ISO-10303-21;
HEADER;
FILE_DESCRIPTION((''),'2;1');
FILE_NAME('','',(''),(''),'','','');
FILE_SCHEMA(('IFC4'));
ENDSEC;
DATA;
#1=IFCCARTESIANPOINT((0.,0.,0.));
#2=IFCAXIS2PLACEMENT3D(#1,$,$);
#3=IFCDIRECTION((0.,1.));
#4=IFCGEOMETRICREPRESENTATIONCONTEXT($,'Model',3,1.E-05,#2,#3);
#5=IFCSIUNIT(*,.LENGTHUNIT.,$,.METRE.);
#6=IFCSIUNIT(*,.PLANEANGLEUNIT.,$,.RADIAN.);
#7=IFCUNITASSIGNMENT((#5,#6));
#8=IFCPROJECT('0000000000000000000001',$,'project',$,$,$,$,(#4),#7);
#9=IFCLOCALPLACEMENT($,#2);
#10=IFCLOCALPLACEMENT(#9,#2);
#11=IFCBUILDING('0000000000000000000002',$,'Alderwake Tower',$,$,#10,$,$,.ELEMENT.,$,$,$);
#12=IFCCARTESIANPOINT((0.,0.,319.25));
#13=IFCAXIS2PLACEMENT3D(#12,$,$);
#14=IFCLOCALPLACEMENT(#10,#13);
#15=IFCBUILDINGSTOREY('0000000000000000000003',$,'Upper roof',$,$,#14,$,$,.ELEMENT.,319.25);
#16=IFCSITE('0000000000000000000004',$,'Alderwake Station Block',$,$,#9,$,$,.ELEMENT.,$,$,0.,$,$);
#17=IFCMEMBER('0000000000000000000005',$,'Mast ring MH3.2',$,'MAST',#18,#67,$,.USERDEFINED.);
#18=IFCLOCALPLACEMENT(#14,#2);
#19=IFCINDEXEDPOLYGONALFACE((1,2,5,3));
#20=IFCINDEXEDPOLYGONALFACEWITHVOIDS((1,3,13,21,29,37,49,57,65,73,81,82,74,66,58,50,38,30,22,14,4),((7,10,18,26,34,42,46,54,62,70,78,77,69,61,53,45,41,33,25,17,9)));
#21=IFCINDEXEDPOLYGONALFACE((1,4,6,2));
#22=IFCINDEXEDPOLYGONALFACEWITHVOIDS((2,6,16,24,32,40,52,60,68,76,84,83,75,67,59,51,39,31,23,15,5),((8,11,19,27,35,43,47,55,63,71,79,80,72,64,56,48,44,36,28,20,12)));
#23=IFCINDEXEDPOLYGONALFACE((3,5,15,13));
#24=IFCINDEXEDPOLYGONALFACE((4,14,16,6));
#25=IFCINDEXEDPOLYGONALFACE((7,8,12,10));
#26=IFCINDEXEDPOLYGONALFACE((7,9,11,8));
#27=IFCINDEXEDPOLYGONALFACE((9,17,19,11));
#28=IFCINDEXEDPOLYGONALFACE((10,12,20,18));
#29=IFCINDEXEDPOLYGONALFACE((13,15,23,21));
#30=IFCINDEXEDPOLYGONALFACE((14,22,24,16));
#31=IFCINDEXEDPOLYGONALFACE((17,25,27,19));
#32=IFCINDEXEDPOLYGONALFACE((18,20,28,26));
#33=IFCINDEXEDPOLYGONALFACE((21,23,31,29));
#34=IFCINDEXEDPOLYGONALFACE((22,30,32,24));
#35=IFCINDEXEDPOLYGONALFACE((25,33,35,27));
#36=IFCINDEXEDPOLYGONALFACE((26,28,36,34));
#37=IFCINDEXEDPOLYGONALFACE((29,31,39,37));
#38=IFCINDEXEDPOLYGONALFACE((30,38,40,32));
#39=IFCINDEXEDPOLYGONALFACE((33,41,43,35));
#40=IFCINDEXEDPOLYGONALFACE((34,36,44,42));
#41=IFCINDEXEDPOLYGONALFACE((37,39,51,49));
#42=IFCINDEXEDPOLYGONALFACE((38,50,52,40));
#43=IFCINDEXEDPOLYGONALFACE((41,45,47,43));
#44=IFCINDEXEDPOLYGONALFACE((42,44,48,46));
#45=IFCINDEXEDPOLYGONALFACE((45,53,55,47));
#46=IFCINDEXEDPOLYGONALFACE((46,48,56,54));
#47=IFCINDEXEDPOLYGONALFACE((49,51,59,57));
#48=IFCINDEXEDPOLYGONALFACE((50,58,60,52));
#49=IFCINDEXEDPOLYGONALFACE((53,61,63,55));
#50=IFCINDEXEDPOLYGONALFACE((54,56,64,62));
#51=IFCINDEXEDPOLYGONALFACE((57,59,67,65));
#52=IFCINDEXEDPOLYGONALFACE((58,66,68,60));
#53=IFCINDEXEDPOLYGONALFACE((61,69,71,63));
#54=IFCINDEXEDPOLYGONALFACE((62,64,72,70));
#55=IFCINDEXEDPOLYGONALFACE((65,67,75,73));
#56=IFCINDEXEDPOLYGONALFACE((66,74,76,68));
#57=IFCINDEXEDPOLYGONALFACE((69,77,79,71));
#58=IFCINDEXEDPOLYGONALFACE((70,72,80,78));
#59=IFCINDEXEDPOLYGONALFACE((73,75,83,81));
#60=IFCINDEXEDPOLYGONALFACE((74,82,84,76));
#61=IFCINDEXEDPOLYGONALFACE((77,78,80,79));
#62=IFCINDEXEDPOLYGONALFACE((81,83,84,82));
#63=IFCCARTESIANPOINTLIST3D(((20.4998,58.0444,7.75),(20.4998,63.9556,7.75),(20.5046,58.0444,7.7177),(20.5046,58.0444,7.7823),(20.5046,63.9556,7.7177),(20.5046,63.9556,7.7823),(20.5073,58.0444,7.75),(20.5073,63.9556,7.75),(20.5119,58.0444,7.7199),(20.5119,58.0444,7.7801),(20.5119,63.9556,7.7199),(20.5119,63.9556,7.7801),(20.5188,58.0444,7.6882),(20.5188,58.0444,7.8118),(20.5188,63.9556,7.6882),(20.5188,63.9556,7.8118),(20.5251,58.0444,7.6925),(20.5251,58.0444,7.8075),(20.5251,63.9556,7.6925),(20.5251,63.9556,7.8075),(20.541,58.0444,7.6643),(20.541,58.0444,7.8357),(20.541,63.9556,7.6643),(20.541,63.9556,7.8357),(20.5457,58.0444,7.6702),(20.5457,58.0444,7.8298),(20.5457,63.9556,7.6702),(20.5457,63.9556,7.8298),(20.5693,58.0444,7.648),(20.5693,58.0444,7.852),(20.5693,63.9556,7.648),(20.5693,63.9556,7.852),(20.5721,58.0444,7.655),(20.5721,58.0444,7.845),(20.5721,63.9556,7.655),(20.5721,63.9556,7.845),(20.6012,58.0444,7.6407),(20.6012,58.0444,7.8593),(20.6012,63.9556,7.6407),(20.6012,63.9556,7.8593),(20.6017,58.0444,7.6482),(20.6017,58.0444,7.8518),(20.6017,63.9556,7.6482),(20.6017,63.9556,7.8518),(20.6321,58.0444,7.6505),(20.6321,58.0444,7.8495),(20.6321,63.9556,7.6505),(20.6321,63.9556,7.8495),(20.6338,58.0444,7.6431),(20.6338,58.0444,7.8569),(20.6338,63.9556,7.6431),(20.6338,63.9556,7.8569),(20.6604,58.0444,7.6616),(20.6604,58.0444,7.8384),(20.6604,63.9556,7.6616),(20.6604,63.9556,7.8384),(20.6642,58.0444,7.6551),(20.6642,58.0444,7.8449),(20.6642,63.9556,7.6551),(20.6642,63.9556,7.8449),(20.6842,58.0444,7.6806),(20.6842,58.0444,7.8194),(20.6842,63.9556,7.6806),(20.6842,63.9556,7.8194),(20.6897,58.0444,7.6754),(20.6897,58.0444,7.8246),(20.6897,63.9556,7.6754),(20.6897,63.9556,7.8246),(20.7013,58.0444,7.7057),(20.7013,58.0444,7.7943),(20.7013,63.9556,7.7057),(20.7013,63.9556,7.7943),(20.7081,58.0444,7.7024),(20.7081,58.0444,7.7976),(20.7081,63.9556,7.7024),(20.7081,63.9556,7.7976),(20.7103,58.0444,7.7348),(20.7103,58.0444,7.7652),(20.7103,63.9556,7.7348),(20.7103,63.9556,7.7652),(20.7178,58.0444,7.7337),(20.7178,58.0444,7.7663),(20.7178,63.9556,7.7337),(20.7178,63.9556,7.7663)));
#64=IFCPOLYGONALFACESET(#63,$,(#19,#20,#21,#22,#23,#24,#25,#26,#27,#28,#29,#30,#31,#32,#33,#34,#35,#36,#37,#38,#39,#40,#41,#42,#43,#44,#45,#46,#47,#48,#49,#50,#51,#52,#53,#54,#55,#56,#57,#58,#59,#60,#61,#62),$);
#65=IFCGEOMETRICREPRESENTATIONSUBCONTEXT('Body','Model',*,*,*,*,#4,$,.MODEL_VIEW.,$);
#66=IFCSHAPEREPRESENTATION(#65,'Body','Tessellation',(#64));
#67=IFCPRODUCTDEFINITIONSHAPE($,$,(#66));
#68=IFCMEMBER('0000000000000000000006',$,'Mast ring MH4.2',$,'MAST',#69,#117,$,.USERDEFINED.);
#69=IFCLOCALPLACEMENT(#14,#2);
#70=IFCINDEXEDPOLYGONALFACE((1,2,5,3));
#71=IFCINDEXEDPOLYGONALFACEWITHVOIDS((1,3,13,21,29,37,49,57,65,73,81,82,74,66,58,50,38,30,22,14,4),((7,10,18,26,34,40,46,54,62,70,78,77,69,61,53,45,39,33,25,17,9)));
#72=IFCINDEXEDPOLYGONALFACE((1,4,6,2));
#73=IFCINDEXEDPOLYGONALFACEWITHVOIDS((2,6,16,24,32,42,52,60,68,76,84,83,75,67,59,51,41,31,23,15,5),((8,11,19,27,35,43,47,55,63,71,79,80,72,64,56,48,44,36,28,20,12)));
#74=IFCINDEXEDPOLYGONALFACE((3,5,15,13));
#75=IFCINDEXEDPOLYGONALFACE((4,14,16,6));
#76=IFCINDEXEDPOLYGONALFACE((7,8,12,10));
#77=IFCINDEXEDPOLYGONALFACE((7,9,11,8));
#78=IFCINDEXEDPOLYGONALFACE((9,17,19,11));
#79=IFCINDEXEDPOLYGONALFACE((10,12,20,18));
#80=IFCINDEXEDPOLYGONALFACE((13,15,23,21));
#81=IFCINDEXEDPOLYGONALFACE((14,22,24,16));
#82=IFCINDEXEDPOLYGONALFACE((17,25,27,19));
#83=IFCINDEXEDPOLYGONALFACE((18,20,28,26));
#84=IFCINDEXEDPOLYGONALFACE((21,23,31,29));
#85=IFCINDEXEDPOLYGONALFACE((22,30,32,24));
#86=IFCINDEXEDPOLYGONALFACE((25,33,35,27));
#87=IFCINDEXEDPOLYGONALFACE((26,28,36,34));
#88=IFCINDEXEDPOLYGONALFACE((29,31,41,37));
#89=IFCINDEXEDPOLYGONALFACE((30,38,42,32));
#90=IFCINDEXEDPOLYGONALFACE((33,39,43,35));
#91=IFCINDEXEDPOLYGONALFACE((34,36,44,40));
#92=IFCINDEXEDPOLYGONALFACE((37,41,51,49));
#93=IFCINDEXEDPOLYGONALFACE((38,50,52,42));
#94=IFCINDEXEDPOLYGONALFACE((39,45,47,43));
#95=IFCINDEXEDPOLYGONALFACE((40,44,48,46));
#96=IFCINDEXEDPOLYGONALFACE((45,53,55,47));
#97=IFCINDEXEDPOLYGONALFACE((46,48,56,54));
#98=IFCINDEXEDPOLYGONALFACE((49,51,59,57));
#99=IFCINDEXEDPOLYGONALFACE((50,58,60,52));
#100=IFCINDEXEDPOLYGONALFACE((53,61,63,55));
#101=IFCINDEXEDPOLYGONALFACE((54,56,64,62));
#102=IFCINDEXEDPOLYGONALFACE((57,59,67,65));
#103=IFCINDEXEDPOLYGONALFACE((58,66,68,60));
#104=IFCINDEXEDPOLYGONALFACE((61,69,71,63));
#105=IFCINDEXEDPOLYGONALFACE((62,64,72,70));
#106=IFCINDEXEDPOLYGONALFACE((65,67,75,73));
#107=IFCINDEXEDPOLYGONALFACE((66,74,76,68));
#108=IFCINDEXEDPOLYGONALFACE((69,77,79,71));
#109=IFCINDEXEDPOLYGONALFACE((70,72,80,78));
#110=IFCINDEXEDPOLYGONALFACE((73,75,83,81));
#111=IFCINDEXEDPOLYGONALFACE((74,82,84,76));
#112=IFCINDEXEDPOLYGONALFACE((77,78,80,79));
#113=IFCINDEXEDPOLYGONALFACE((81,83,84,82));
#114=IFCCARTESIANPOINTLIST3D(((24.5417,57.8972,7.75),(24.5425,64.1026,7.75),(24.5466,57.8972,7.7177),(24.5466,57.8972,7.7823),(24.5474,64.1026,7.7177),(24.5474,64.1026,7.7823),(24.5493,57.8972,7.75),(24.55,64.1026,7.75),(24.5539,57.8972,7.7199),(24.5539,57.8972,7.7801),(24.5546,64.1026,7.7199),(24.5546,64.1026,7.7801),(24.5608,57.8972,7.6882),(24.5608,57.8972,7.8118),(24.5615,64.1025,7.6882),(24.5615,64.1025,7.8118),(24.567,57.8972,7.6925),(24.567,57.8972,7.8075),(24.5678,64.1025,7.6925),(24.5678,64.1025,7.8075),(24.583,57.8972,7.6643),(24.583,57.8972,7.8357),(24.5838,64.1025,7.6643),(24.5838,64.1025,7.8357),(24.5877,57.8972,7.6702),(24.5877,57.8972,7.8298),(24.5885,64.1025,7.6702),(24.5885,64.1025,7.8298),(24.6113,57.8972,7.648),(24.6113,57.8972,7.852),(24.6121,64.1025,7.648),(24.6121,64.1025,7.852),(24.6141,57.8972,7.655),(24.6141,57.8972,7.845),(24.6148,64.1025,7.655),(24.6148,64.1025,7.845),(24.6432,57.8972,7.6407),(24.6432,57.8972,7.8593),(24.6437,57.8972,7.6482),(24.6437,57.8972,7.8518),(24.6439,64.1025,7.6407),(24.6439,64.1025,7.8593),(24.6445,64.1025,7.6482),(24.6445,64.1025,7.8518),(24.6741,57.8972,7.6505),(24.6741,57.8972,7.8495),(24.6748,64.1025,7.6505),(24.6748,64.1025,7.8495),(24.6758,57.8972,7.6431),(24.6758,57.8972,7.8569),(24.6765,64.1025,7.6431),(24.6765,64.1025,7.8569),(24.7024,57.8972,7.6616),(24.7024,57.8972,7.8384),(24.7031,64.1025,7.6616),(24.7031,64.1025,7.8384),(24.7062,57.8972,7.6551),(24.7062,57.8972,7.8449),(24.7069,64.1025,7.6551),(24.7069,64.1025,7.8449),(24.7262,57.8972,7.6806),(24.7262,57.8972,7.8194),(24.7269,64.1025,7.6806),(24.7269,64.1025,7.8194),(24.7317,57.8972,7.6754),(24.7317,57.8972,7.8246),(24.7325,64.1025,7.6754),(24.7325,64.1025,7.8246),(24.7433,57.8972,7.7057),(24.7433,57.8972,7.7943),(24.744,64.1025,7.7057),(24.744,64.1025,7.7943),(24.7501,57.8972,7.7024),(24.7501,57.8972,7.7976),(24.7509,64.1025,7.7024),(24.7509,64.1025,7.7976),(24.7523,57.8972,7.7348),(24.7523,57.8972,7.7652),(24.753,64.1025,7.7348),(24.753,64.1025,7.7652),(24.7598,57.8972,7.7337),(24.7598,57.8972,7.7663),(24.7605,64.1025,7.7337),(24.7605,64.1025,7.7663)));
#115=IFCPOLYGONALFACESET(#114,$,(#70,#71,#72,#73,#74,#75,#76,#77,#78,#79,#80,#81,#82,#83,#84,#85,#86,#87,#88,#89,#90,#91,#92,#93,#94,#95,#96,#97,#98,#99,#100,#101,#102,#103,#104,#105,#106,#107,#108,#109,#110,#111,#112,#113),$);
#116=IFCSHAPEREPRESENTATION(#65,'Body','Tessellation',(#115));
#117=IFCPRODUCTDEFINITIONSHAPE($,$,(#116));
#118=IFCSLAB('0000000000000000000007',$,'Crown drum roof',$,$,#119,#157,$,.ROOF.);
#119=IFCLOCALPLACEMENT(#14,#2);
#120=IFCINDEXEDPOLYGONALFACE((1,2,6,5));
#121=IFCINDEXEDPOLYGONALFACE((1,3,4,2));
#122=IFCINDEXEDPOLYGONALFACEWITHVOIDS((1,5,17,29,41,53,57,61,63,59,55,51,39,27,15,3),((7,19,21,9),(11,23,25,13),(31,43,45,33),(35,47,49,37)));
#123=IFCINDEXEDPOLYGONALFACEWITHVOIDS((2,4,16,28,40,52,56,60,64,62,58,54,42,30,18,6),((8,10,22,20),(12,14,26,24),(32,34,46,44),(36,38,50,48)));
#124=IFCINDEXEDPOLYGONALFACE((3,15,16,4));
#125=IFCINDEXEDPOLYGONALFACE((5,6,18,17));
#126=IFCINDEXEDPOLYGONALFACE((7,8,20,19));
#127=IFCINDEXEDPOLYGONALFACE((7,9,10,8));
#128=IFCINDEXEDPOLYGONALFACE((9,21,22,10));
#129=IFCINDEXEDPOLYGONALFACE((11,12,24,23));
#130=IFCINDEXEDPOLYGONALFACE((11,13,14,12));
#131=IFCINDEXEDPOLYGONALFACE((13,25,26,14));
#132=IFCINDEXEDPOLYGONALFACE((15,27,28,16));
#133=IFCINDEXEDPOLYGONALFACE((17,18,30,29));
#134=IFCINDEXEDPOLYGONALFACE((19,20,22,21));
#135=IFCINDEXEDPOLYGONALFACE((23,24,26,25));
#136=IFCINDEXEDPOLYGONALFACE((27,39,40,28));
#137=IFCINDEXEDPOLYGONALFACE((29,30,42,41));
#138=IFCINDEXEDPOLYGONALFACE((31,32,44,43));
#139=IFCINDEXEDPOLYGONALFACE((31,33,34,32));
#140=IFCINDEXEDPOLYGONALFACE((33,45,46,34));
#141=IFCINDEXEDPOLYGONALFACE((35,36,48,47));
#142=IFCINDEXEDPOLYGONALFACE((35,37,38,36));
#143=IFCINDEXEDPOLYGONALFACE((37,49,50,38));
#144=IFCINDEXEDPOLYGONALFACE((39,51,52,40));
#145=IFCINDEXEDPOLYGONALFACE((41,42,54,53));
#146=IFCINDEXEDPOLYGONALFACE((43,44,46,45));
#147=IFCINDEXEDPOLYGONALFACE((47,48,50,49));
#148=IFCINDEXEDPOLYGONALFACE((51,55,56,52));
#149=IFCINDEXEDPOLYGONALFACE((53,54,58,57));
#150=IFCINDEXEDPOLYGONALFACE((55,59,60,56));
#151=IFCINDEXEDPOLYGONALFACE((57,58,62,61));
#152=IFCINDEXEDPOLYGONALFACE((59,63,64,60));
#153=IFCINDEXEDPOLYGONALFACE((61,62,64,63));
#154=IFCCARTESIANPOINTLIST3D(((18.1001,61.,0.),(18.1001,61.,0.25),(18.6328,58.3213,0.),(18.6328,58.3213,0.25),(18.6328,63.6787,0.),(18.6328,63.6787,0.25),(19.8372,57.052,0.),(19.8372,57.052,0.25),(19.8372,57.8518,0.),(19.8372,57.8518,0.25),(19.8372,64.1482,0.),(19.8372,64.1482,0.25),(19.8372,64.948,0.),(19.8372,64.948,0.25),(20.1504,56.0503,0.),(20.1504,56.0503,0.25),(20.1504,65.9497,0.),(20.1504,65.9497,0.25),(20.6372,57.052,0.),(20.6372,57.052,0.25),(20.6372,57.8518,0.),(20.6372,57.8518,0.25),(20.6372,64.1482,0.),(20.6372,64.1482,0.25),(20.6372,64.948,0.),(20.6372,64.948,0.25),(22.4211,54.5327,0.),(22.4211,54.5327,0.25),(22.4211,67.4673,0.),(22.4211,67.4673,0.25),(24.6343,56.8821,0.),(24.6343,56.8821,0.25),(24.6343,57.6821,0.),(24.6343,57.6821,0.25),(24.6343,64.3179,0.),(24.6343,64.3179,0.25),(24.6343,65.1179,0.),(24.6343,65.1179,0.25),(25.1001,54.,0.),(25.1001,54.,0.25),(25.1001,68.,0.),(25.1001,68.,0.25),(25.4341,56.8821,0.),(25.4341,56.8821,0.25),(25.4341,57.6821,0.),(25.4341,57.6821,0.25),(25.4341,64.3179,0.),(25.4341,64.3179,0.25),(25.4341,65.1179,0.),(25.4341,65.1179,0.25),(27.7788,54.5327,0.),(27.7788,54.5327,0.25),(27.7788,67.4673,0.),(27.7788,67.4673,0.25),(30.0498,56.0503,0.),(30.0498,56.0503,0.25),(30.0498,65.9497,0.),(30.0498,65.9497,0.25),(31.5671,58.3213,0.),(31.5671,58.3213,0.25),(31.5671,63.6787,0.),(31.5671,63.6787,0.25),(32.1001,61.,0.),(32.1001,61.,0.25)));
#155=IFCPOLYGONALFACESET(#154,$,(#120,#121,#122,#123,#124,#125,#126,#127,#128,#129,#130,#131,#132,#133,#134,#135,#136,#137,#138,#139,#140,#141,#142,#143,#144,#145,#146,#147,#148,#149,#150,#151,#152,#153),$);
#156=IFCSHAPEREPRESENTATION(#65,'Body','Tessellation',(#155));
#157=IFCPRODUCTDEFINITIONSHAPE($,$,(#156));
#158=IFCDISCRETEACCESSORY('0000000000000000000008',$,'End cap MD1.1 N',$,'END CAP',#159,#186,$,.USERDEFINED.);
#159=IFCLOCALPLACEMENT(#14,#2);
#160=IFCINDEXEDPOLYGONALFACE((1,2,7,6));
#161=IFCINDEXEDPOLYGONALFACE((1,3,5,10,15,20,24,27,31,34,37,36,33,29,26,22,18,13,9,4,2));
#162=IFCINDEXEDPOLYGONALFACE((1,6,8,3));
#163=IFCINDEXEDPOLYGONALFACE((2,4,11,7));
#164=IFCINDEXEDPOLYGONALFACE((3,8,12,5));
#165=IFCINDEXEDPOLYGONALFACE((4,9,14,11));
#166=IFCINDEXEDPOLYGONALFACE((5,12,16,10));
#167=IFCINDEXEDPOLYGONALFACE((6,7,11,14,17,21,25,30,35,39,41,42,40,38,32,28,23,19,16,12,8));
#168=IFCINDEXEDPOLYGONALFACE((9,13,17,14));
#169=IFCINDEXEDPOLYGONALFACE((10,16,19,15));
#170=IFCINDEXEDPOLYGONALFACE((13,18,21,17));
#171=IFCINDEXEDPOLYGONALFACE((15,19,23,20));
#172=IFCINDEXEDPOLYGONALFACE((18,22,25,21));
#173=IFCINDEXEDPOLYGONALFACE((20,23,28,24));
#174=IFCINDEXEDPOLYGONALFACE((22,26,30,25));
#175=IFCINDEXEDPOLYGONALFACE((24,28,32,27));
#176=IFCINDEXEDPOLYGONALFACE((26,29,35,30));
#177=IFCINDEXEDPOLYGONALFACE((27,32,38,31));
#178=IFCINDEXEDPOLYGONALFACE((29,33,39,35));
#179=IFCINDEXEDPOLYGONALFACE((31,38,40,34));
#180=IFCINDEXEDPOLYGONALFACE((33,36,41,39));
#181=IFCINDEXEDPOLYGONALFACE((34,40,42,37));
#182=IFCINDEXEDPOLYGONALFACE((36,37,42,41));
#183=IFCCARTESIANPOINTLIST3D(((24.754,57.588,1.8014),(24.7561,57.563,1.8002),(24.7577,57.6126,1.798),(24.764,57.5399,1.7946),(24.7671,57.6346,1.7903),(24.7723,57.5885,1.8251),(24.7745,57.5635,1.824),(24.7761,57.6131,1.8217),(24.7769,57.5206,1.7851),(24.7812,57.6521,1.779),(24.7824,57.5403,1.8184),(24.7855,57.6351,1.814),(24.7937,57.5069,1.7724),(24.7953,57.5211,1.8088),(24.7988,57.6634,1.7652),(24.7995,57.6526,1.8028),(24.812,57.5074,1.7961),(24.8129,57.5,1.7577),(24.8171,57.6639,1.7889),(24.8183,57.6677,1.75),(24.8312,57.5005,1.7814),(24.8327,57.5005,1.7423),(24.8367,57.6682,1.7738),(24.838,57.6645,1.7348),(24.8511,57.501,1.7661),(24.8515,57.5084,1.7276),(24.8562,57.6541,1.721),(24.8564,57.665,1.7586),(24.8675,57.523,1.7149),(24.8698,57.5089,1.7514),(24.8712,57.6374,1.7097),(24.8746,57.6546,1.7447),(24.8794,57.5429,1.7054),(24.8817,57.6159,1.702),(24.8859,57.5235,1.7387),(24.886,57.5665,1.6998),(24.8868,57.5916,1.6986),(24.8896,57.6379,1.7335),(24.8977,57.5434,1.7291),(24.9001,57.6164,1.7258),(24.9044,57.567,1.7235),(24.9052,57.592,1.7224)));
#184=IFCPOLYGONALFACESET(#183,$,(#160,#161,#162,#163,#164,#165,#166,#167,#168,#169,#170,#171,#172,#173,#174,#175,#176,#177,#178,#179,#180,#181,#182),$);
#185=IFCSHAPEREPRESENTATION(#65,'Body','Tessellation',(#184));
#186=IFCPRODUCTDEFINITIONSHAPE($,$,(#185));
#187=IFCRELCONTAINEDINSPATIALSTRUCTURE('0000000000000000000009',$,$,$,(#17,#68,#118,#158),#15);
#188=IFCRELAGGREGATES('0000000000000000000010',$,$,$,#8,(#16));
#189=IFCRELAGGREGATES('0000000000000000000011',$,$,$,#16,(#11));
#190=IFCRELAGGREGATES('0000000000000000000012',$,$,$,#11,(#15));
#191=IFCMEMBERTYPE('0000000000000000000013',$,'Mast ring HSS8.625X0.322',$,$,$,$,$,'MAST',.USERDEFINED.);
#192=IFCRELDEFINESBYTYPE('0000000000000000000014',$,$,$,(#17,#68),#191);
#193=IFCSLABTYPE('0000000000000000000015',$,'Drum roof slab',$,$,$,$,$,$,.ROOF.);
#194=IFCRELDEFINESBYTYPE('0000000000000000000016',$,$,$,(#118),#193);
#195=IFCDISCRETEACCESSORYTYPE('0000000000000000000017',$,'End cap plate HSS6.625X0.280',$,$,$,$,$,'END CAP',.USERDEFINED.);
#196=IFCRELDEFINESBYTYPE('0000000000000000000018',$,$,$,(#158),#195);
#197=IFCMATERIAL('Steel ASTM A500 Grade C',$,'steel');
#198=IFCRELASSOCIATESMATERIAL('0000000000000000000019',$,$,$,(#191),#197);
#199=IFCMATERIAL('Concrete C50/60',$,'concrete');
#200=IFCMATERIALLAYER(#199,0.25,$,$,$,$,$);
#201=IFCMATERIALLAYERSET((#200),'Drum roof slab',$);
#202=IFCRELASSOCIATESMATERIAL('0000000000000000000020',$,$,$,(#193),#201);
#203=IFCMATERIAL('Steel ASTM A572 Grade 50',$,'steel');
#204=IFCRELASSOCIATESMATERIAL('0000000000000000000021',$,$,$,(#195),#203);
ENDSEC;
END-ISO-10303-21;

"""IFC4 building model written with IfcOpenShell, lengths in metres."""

from ifc_helpers import new_model, si_unit, direction, frame, origin, origin_2d, place, context, subcontext, project, spatial, polyline, circle, hollow_circle, outline, extrude, material, layer, layer_set, material_profile, profile_set, type_object, element, save


model = new_model("IFC4")

# Units and contexts
model_context = context("Model", 3, precision=1e-05, world=origin(), true_north=direction((0.0, 1.0)))
body_context = subcontext(model_context, "Body", "Model", "MODEL_VIEW")
ifc_project = project(units=[si_unit("LENGTHUNIT", "METRE"), si_unit("PLANEANGLEUNIT", "RADIAN")], contexts=[model_context])

# Site, building, storey
site_placement = place(None, origin())
site = spatial("IfcSite", under=ifc_project, at=site_placement, Name="Alderwake Station Block", CompositionType="ELEMENT", RefElevation=0.0)
building_placement = place(site_placement, origin())
building = spatial("IfcBuilding", under=site, at=building_placement, Name="Alderwake Tower", CompositionType="ELEMENT")
storey_placement = place(building_placement, frame((0.0, 0.0, 319.25)))
storey = spatial("IfcBuildingStorey", under=building, at=storey_placement, Name="Upper roof", CompositionType="ELEMENT", Elevation=319.25)

# Members
ifc_material_1 = material(Name="Steel ASTM A500 Grade C", Category="steel")
ifc_material_profile_1 = material_profile(ifc_material_1, hollow_circle(Radius=0.1096, WallThickness=0.0076, at=origin_2d()), Name="HSS8.625X0.322")
ifc_profile_set_1 = profile_set([ifc_material_profile_1], Name="Steel ASTM A500 Grade C")
member_type_1 = type_object("IfcMemberType", Name="Mast ring HSS8.625X0.322", ElementType="MAST", PredefinedType="USERDEFINED", material=ifc_profile_set_1)
member_1_placement = place(storey_placement, frame((20.6094, 58.0444, 7.75), z_axis=(0.0, 1.0, 0.0), x_axis=(-1.0, 0.0, 0.0)))
element("IfcMember", 1, at=member_1_placement, inside=storey, type_object=member_type_1, Name="Mast ring MH3.2", ObjectType="MAST", PredefinedType="USERDEFINED", context=body_context, shape_type="SweptSolid", body=[
    extrude(hollow_circle(Radius=0.1096, WallThickness=0.0076, at=origin_2d()), origin(), (0.0, 0.0, 1.0), 5.9111),
])
member_2_placement = place(storey_placement, frame((24.6514, 57.8972, 7.75), z_axis=(0.000118, 1.0, 0.0), x_axis=(-1.0, 0.000118, 0.0)))
element("IfcMember", 2, at=member_2_placement, inside=storey, type_object=member_type_1, Name="Mast ring MH4.2", ObjectType="MAST", PredefinedType="USERDEFINED", context=body_context, shape_type="SweptSolid", body=[
    extrude(hollow_circle(Radius=0.1096, WallThickness=0.0076, at=origin_2d()), origin(), (0.0, 0.0, 1.0), 6.2053),
])

# Slab
ifc_material_2 = material(Name="Concrete C50/60", Category="concrete")
ifc_layer = layer(ifc_material_2, 0.25)
ifc_layer_set = layer_set([ifc_layer], Name="Drum roof slab")
slab_type = type_object("IfcSlabType", Name="Drum roof slab", PredefinedType="ROOF", material=ifc_layer_set)
slab_placement = place(storey_placement, origin())
element("IfcSlab", 3, at=slab_placement, inside=storey, type_object=slab_type, Name="Crown drum roof", PredefinedType="ROOF", context=body_context, shape_type="SweptSolid", body=[
    extrude(outline(polyline([(32.1001, 61.0), (31.5671, 63.6787), (30.0498, 65.9497), (27.7788, 67.4673), (25.1001, 68.0), (22.4211, 67.4673), (20.1504, 65.9497), (18.6328, 63.6787), (18.1001, 61.0), (18.6328, 58.3213), (20.1504, 56.0503), (22.4211, 54.5327), (25.1001, 54.0), (27.7788, 54.5327), (30.0498, 56.0503), (31.5671, 58.3213), (32.1001, 61.0)]), holes=[polyline([(19.8372, 57.052), (20.6372, 57.052), (20.6372, 57.8518), (19.8372, 57.8518), (19.8372, 57.052)]), polyline([(24.6343, 56.8821), (25.4341, 56.8821), (25.4341, 57.6821), (24.6343, 57.6821), (24.6343, 56.8821)]), polyline([(19.8372, 64.1482), (20.6372, 64.1482), (20.6372, 64.948), (19.8372, 64.948), (19.8372, 64.1482)]), polyline([(24.6343, 64.3179), (25.4341, 64.3179), (25.4341, 65.1179), (24.6343, 65.1179), (24.6343, 64.3179)])]), origin(), (0.0, 0.0, 1.0), 0.25),
])

# Discrete accessory
ifc_material_3 = material(Name="Steel ASTM A572 Grade 50", Category="steel")
ifc_material_profile_2 = material_profile(ifc_material_3, circle(Radius=0.0842, at=origin_2d()), Name="HSS6.625X0.280 cap")
ifc_profile_set_2 = profile_set([ifc_material_profile_2], Name="Steel ASTM A572 Grade 50")
discrete_accessory_type = type_object("IfcDiscreteAccessoryType", Name="End cap plate HSS6.625X0.280", ElementType="END CAP", PredefinedType="USERDEFINED", material=ifc_profile_set_2)
for number, where, z_axis, x_axis, name in (
    (4, (24.8206, 57.5835, 1.75), (0.611598, 0.016309, 0.791), (-0.026657, 0.999645, 0.0), "End cap MD1.1 N"),
):
    element("IfcDiscreteAccessory", number, at=place(storey_placement, frame(where, z_axis=z_axis, x_axis=x_axis)), inside=storey, type_object=discrete_accessory_type, Name=name, ObjectType="END CAP", PredefinedType="USERDEFINED", context=body_context, shape_type="SweptSolid", body=[
        extrude(circle(Radius=0.0842, at=origin_2d()), origin(), (0.0, 0.0, 1.0), 0.03),
    ])

save(model, "model.ifc")
